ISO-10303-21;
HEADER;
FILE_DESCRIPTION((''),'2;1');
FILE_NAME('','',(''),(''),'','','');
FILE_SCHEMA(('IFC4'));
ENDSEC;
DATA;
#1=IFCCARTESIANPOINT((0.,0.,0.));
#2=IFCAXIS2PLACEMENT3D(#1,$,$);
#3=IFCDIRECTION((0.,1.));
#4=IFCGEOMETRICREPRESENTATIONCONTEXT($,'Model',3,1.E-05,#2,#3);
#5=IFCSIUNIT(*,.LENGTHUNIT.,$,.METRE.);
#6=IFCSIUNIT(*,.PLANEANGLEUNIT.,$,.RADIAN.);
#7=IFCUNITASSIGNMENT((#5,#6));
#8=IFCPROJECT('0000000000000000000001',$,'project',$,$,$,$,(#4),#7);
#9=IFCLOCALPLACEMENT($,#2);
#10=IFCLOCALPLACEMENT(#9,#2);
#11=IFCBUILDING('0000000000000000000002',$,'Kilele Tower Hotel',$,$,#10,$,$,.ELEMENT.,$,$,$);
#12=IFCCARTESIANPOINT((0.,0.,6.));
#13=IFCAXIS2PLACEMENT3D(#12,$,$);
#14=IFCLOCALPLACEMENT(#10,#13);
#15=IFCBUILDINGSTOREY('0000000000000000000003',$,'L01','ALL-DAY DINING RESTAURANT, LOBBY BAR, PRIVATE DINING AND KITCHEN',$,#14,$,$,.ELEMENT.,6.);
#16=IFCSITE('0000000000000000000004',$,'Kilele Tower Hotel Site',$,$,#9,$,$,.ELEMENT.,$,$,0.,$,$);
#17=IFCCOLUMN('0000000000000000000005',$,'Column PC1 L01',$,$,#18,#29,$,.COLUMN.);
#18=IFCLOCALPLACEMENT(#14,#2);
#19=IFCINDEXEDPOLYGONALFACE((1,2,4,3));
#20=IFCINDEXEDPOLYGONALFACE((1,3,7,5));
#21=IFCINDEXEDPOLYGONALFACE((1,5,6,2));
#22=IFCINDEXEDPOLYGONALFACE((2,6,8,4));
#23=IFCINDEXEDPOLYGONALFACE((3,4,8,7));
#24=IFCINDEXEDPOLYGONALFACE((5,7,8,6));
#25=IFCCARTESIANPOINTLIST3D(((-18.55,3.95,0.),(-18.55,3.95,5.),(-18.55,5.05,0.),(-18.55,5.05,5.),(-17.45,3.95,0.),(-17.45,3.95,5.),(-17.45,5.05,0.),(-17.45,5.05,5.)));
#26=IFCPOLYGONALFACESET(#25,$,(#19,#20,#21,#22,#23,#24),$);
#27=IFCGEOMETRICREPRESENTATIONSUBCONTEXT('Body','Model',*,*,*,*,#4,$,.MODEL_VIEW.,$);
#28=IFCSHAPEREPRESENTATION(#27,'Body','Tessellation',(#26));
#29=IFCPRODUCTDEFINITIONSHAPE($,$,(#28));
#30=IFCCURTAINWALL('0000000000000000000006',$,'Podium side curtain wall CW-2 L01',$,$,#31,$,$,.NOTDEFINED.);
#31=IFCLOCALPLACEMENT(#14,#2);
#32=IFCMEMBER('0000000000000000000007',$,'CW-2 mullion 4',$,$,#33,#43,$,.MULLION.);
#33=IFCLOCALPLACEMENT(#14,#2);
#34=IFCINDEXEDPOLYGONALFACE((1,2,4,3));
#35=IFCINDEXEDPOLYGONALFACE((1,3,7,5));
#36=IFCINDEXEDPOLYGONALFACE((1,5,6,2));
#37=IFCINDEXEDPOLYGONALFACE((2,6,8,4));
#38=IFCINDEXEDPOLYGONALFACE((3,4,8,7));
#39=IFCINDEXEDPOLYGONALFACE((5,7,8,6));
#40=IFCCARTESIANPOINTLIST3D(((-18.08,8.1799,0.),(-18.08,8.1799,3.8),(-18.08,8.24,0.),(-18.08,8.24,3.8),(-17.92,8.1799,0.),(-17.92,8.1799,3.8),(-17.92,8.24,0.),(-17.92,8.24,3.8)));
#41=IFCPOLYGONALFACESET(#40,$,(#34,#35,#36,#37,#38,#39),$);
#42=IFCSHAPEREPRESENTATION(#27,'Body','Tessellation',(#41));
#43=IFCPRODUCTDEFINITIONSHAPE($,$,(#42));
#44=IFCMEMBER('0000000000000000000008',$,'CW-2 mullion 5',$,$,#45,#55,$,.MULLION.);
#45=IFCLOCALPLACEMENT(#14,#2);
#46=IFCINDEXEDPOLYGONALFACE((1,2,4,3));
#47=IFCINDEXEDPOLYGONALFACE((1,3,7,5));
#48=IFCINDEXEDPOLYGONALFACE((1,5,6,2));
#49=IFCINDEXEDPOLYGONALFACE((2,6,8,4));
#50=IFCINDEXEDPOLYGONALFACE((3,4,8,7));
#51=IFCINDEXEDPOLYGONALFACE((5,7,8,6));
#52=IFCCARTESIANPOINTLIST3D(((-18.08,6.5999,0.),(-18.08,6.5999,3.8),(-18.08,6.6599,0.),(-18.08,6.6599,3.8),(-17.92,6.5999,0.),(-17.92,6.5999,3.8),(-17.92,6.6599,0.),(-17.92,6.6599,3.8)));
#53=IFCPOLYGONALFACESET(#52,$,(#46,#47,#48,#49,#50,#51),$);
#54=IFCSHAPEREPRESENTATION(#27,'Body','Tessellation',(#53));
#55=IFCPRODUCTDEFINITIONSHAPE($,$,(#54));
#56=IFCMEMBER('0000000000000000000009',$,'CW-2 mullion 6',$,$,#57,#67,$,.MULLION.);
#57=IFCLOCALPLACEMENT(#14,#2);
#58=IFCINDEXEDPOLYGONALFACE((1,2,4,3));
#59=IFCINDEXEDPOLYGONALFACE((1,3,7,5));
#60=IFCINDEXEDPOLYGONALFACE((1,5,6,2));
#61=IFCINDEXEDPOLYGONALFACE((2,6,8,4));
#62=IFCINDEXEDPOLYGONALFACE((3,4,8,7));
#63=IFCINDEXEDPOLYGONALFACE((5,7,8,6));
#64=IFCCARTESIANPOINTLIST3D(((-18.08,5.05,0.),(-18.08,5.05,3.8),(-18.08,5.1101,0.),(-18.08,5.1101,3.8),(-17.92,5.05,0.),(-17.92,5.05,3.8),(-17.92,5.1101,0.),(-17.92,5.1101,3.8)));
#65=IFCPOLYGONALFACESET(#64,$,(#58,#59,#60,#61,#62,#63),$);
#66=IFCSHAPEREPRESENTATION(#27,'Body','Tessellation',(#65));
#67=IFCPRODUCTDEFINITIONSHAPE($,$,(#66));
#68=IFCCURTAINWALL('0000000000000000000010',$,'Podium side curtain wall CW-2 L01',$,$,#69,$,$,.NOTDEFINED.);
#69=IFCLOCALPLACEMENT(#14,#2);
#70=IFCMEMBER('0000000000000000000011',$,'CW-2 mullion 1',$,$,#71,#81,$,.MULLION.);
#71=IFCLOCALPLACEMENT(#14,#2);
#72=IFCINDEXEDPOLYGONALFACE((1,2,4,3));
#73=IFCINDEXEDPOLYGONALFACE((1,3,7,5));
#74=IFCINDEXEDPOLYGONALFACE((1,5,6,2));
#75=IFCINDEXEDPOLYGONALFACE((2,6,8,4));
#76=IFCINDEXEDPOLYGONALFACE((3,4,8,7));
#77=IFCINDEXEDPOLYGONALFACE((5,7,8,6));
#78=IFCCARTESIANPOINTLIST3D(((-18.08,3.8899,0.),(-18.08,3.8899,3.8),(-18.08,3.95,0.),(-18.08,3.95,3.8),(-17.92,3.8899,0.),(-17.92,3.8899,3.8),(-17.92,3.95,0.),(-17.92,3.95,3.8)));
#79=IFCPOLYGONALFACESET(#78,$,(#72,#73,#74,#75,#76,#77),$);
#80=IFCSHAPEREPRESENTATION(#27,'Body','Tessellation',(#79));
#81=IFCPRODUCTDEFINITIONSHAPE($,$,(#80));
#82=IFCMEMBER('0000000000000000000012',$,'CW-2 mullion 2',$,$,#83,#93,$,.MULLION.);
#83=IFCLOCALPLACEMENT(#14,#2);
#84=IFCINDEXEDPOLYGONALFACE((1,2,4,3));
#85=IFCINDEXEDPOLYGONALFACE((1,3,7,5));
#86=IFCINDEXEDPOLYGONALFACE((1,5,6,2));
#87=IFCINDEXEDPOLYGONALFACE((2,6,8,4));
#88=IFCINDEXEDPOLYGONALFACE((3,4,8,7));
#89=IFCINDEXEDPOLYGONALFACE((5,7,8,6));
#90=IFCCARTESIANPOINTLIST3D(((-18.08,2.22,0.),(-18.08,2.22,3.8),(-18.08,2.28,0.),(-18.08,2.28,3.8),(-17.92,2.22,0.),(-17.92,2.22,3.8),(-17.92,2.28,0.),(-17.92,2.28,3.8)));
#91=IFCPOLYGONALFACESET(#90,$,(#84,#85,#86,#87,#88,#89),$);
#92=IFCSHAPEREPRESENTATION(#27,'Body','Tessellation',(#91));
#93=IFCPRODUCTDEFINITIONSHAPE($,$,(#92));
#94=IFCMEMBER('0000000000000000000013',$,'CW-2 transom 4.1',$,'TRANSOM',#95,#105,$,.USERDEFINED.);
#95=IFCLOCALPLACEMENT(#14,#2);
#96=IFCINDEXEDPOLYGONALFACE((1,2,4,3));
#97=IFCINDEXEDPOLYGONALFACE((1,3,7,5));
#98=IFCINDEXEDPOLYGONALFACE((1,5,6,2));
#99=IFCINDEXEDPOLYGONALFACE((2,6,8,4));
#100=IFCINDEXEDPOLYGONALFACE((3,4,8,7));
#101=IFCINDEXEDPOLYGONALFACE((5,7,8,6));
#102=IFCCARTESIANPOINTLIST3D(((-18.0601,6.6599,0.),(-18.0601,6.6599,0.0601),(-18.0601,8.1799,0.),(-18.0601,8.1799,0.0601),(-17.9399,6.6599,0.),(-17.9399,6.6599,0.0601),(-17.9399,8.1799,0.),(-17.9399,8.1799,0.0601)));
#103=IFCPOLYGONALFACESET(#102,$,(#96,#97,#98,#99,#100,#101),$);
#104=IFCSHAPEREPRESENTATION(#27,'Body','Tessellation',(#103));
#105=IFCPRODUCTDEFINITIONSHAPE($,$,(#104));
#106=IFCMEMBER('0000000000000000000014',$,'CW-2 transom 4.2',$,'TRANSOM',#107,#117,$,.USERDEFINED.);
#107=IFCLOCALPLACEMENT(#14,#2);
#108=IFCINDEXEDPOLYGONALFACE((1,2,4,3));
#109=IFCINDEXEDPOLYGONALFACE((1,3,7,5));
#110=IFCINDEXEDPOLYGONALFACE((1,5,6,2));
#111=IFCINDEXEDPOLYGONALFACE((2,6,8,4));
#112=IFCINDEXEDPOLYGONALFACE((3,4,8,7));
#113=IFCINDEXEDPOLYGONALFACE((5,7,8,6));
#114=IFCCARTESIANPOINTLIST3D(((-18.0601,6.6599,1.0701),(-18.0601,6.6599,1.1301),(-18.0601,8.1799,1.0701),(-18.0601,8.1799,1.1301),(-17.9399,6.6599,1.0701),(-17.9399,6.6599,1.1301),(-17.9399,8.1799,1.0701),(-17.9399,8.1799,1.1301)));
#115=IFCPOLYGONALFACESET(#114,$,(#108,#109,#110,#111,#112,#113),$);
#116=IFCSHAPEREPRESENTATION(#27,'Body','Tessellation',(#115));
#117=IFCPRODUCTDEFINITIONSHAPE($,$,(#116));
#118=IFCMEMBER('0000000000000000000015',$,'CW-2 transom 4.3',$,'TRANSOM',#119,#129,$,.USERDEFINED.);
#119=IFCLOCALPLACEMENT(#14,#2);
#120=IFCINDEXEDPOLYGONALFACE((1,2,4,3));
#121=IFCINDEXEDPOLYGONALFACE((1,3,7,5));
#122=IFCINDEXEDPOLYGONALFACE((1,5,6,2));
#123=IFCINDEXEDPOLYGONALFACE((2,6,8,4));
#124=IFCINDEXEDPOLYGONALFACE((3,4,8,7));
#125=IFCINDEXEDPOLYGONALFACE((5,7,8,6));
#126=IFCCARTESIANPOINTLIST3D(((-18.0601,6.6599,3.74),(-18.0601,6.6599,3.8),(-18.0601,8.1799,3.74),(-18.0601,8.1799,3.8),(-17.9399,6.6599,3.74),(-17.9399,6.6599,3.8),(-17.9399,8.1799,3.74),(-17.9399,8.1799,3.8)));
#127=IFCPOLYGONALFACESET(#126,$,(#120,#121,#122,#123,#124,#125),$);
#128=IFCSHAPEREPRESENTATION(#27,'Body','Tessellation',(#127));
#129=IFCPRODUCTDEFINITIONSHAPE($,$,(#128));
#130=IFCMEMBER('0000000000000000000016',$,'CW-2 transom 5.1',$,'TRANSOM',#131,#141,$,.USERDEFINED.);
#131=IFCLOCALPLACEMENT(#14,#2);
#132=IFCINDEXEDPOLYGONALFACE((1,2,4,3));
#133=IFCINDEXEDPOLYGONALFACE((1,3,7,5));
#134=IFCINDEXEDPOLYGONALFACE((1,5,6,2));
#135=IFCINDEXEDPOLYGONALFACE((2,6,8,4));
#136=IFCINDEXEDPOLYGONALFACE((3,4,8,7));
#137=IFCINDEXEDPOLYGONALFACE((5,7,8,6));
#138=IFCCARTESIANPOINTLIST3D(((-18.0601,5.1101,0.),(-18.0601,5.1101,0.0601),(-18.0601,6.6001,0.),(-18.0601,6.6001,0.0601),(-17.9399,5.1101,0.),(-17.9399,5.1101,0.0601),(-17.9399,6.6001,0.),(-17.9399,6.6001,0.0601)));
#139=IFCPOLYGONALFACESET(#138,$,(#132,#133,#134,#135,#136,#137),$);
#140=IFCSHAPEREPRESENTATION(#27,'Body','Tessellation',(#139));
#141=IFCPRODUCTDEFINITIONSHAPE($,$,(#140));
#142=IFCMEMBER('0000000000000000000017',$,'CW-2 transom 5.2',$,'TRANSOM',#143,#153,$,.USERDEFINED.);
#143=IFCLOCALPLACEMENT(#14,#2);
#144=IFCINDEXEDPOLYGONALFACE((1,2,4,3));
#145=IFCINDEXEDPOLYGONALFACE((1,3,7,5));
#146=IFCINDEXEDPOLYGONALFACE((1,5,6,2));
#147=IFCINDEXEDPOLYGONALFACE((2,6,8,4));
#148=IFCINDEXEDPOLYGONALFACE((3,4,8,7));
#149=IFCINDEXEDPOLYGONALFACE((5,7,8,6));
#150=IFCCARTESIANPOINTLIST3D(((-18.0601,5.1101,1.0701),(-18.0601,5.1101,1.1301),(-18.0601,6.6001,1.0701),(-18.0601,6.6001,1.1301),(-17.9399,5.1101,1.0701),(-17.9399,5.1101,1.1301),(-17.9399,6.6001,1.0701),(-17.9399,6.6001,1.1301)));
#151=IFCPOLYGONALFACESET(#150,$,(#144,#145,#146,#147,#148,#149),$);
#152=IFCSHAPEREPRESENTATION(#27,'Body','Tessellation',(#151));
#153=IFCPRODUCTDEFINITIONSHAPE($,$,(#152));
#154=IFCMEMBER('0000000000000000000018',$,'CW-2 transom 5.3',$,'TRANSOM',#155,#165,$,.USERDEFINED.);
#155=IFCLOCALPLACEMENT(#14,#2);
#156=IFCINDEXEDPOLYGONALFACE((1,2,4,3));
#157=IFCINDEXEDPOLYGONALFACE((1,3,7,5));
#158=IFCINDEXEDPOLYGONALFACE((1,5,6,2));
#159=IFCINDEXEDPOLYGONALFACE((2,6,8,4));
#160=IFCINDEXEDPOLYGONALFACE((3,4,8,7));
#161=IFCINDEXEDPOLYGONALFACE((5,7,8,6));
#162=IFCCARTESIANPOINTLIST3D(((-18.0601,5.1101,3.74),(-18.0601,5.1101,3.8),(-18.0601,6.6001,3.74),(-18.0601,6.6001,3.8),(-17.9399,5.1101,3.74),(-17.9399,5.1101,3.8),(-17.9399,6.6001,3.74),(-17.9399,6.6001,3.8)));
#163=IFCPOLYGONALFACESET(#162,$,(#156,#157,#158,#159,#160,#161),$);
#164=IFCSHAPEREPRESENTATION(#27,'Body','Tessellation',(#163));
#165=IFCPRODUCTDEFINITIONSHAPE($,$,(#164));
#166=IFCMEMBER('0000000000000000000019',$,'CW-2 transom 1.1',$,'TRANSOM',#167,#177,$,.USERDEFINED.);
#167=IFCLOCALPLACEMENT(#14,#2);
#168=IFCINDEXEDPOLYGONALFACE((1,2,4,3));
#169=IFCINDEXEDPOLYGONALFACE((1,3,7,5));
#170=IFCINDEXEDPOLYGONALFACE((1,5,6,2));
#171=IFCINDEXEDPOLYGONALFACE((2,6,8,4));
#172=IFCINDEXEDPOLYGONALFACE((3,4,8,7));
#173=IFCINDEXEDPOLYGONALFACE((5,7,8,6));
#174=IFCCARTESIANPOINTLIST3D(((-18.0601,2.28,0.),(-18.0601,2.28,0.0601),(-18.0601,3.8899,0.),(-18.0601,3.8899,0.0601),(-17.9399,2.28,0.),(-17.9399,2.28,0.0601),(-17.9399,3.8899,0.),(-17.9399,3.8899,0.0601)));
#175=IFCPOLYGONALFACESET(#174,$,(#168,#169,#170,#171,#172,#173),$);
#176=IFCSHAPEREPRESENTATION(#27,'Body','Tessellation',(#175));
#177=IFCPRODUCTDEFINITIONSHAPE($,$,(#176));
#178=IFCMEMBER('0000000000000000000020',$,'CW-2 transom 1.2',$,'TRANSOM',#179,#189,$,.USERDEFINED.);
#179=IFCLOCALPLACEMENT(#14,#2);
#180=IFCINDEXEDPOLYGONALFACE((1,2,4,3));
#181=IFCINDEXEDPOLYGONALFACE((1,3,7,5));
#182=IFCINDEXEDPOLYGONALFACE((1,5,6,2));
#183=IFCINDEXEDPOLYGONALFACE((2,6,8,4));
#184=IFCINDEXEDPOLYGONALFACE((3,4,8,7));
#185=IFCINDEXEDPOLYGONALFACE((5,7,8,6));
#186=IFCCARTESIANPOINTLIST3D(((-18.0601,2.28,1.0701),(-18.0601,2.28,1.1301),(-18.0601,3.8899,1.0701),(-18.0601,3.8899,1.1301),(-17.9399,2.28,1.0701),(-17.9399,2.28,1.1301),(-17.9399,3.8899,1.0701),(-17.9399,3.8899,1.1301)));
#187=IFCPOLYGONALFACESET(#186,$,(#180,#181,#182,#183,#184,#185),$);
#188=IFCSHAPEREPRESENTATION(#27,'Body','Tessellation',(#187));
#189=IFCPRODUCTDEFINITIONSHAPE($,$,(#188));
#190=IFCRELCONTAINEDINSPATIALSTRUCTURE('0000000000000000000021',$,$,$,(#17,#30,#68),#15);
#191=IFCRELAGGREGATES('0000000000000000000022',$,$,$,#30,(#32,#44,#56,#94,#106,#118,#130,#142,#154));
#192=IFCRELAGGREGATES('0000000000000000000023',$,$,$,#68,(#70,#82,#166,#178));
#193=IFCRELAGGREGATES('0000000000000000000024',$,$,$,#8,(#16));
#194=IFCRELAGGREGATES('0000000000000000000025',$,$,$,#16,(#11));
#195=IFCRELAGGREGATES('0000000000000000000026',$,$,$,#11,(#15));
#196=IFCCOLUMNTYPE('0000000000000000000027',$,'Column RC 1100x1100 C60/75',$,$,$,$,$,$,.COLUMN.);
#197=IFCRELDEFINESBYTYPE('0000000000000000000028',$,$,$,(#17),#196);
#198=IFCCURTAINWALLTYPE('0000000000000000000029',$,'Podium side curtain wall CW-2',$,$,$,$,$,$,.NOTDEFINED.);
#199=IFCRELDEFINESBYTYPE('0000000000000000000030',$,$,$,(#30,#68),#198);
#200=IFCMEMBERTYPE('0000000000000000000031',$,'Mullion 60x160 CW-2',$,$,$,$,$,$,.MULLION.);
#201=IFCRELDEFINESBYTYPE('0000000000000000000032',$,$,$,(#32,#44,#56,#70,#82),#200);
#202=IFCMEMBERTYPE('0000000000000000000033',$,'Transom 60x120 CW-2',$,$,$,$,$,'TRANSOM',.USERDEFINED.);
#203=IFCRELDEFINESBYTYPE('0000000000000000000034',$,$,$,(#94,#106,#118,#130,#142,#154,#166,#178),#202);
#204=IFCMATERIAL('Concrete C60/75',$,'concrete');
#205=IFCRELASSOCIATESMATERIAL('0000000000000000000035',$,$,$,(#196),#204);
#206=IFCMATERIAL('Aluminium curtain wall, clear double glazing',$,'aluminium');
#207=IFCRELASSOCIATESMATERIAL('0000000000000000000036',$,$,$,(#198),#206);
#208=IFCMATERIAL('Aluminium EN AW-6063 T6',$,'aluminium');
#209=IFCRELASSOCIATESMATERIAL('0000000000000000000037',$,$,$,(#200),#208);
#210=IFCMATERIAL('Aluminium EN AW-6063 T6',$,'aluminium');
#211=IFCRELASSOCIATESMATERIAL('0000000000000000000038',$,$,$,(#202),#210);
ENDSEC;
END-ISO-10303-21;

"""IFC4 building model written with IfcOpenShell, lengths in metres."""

from ifc_helpers import new_model, si_unit, direction, frame, origin, origin_2d, place, context, subcontext, project, spatial, rectangle, extrude, material, material_profile, profile_set, type_object, element, aggregate, save


model = new_model("IFC4")

# Units and contexts
model_context = context("Model", 3, precision=1e-05, world=origin(), true_north=direction((0.0, 1.0)))
body_context = subcontext(model_context, "Body", "Model", "MODEL_VIEW")
ifc_project = project(units=[si_unit("LENGTHUNIT", "METRE"), si_unit("PLANEANGLEUNIT", "RADIAN")], contexts=[model_context])

# Site, building, storey
site_placement = place(None, origin())
site = spatial("IfcSite", under=ifc_project, at=site_placement, Name="Kilele Tower Hotel Site", CompositionType="ELEMENT", RefElevation=0.0)
building_placement = place(site_placement, origin())
building = spatial("IfcBuilding", under=site, at=building_placement, Name="Kilele Tower Hotel", CompositionType="ELEMENT")
storey_placement = place(building_placement, frame((0.0, 0.0, 6.0)))
storey = spatial("IfcBuildingStorey", under=building, at=storey_placement, Name="L01", Description="ALL-DAY DINING RESTAURANT, LOBBY BAR, PRIVATE DINING AND KITCHEN", CompositionType="ELEMENT", Elevation=6.0)

# Column
ifc_material_1 = material(Name="Concrete C60/75", Category="concrete")
ifc_material_profile_1 = material_profile(ifc_material_1, rectangle(XDim=1.1001, YDim=1.1001, at=origin_2d()))
ifc_profile_set_1 = profile_set([ifc_material_profile_1], Name="Concrete C60/75")
column_type = type_object("IfcColumnType", Name="Column RC 1100x1100 C60/75", PredefinedType="COLUMN", material=ifc_profile_set_1)
column_placement = place(storey_placement, frame((-18.0, 4.5, 0.0), z_axis=(0.0, 0.0, 1.0), x_axis=(1.0, 0.0, 0.0)))
element("IfcColumn", 1, at=column_placement, inside=storey, type_object=column_type, Name="Column PC1 L01", PredefinedType="COLUMN", context=body_context, shape_type="SweptSolid", body=[
    extrude(rectangle(XDim=1.1001, YDim=1.1001, at=origin_2d()), origin(), (0.0, 0.0, 1.0), 5.0),
])

# Curtain walls, members
ifc_material_2 = material(Name="Aluminium curtain wall, clear double glazing", Category="aluminium")
curtain_wall_type = type_object("IfcCurtainWallType", Name="Podium side curtain wall CW-2", PredefinedType="NOTDEFINED", material=ifc_material_2)
curtain_wall_1_placement = place(storey_placement, origin())
curtain_wall_1 = element("IfcCurtainWall", 2, at=curtain_wall_1_placement, inside=storey, type_object=curtain_wall_type, Name="Podium side curtain wall CW-2 L01", PredefinedType="NOTDEFINED")
ifc_material_3 = material(Name="Aluminium EN AW-6063 T6", Category="aluminium")
ifc_material_profile_2 = material_profile(ifc_material_3, rectangle(XDim=0.1599, YDim=0.0601, at=origin_2d()))
ifc_profile_set_2 = profile_set([ifc_material_profile_2], Name="Aluminium EN AW-6063 T6")
member_type_1 = type_object("IfcMemberType", Name="Mullion 60x160 CW-2", PredefinedType="MULLION", material=ifc_profile_set_2)
member_1_placement = place(storey_placement, frame((-18.0, 8.21, 0.0), z_axis=(0.0, 0.0, 1.0), x_axis=(1.0, 0.0, 0.0)))
member_1 = element("IfcMember", 3, at=member_1_placement, type_object=member_type_1, Name="CW-2 mullion 4", PredefinedType="MULLION", context=body_context, shape_type="SweptSolid", body=[
    extrude(rectangle(XDim=0.1599, YDim=0.0601, at=origin_2d()), origin(), (0.0, 0.0, 1.0), 3.8),
])
member_2_placement = place(storey_placement, frame((-18.0, 6.6299, 0.0), z_axis=(0.0, 0.0, 1.0), x_axis=(1.0, 0.0, 0.0)))
member_2 = element("IfcMember", 4, at=member_2_placement, type_object=member_type_1, Name="CW-2 mullion 5", PredefinedType="MULLION", context=body_context, shape_type="SweptSolid", body=[
    extrude(rectangle(XDim=0.1599, YDim=0.0601, at=origin_2d()), origin(), (0.0, 0.0, 1.0), 3.8),
])
member_3_placement = place(storey_placement, frame((-18.0, 5.0801, 0.0), z_axis=(0.0, 0.0, 1.0), x_axis=(1.0, 0.0, 0.0)))
member_3 = element("IfcMember", 5, at=member_3_placement, type_object=member_type_1, Name="CW-2 mullion 6", PredefinedType="MULLION", context=body_context, shape_type="SweptSolid", body=[
    extrude(rectangle(XDim=0.1599, YDim=0.0601, at=origin_2d()), origin(), (0.0, 0.0, 1.0), 3.8),
])
curtain_wall_2_placement = place(storey_placement, origin())
curtain_wall_2 = element("IfcCurtainWall", 6, at=curtain_wall_2_placement, inside=storey, type_object=curtain_wall_type, Name="Podium side curtain wall CW-2 L01", PredefinedType="NOTDEFINED")
member_4_placement = place(storey_placement, frame((-18.0, 3.9199, 0.0), z_axis=(0.0, 0.0, 1.0), x_axis=(1.0, 0.0, 0.0)))
member_4 = element("IfcMember", 7, at=member_4_placement, type_object=member_type_1, Name="CW-2 mullion 1", PredefinedType="MULLION", context=body_context, shape_type="SweptSolid", body=[
    extrude(rectangle(XDim=0.1599, YDim=0.0601, at=origin_2d()), origin(), (0.0, 0.0, 1.0), 3.8),
])
member_5_placement = place(storey_placement, frame((-18.0, 2.25, 0.0), z_axis=(0.0, 0.0, 1.0), x_axis=(1.0, 0.0, 0.0)))
member_5 = element("IfcMember", 8, at=member_5_placement, type_object=member_type_1, Name="CW-2 mullion 2", PredefinedType="MULLION", context=body_context, shape_type="SweptSolid", body=[
    extrude(rectangle(XDim=0.1599, YDim=0.0601, at=origin_2d()), origin(), (0.0, 0.0, 1.0), 3.8),
])

# Members
ifc_material_4 = material(Name="Aluminium EN AW-6063 T6", Category="aluminium")
ifc_material_profile_3 = material_profile(ifc_material_4, rectangle(XDim=0.1201, YDim=0.0601, at=origin_2d()))
ifc_profile_set_3 = profile_set([ifc_material_profile_3], Name="Aluminium EN AW-6063 T6")
member_type_2 = type_object("IfcMemberType", Name="Transom 60x120 CW-2", ElementType="TRANSOM", PredefinedType="USERDEFINED", material=ifc_profile_set_3)
member_6_placement = place(storey_placement, frame((-18.0, 8.1799, 0.03), z_axis=(0.0, -1.0, 0.0), x_axis=(1.0, 0.0, 0.0)))
member_6 = element("IfcMember", 9, at=member_6_placement, type_object=member_type_2, Name="CW-2 transom 4.1", ObjectType="TRANSOM", PredefinedType="USERDEFINED", context=body_context, shape_type="SweptSolid", body=[
    extrude(rectangle(XDim=0.1201, YDim=0.0601, at=origin_2d()), origin(), (0.0, 0.0, 1.0), 1.52),
])
member_7_placement = place(storey_placement, frame((-18.0, 8.1799, 1.1001), z_axis=(0.0, -1.0, 0.0), x_axis=(1.0, 0.0, 0.0)))
member_7 = element("IfcMember", 10, at=member_7_placement, type_object=member_type_2, Name="CW-2 transom 4.2", ObjectType="TRANSOM", PredefinedType="USERDEFINED", context=body_context, shape_type="SweptSolid", body=[
    extrude(rectangle(XDim=0.1201, YDim=0.0601, at=origin_2d()), origin(), (0.0, 0.0, 1.0), 1.52),
])
member_8_placement = place(storey_placement, frame((-18.0, 8.1799, 3.77), z_axis=(0.0, -1.0, 0.0), x_axis=(1.0, 0.0, 0.0)))
member_8 = element("IfcMember", 11, at=member_8_placement, type_object=member_type_2, Name="CW-2 transom 4.3", ObjectType="TRANSOM", PredefinedType="USERDEFINED", context=body_context, shape_type="SweptSolid", body=[
    extrude(rectangle(XDim=0.1201, YDim=0.0601, at=origin_2d()), origin(), (0.0, 0.0, 1.0), 1.52),
])
member_9_placement = place(storey_placement, frame((-18.0, 6.6001, 0.03), z_axis=(0.0, -1.0, 0.0), x_axis=(1.0, 0.0, 0.0)))
member_9 = element("IfcMember", 12, at=member_9_placement, type_object=member_type_2, Name="CW-2 transom 5.1", ObjectType="TRANSOM", PredefinedType="USERDEFINED", context=body_context, shape_type="SweptSolid", body=[
    extrude(rectangle(XDim=0.1201, YDim=0.0601, at=origin_2d()), origin(), (0.0, 0.0, 1.0), 1.49),
])
member_10_placement = place(storey_placement, frame((-18.0, 6.6001, 1.1001), z_axis=(0.0, -1.0, 0.0), x_axis=(1.0, 0.0, 0.0)))
member_10 = element("IfcMember", 13, at=member_10_placement, type_object=member_type_2, Name="CW-2 transom 5.2", ObjectType="TRANSOM", PredefinedType="USERDEFINED", context=body_context, shape_type="SweptSolid", body=[
    extrude(rectangle(XDim=0.1201, YDim=0.0601, at=origin_2d()), origin(), (0.0, 0.0, 1.0), 1.49),
])
member_11_placement = place(storey_placement, frame((-18.0, 6.6001, 3.77), z_axis=(0.0, -1.0, 0.0), x_axis=(1.0, 0.0, 0.0)))
member_11 = element("IfcMember", 14, at=member_11_placement, type_object=member_type_2, Name="CW-2 transom 5.3", ObjectType="TRANSOM", PredefinedType="USERDEFINED", context=body_context, shape_type="SweptSolid", body=[
    extrude(rectangle(XDim=0.1201, YDim=0.0601, at=origin_2d()), origin(), (0.0, 0.0, 1.0), 1.49),
])
member_12_placement = place(storey_placement, frame((-18.0, 3.8899, 0.03), z_axis=(0.0, -1.0, 0.0), x_axis=(1.0, 0.0, 0.0)))
member_12 = element("IfcMember", 15, at=member_12_placement, type_object=member_type_2, Name="CW-2 transom 1.1", ObjectType="TRANSOM", PredefinedType="USERDEFINED", context=body_context, shape_type="SweptSolid", body=[
    extrude(rectangle(XDim=0.1201, YDim=0.0601, at=origin_2d()), origin(), (0.0, 0.0, 1.0), 1.6099),
])
member_13_placement = place(storey_placement, frame((-18.0, 3.8899, 1.1001), z_axis=(0.0, -1.0, 0.0), x_axis=(1.0, 0.0, 0.0)))
member_13 = element("IfcMember", 16, at=member_13_placement, type_object=member_type_2, Name="CW-2 transom 1.2", ObjectType="TRANSOM", PredefinedType="USERDEFINED", context=body_context, shape_type="SweptSolid", body=[
    extrude(rectangle(XDim=0.1201, YDim=0.0601, at=origin_2d()), origin(), (0.0, 0.0, 1.0), 1.6099),
])

aggregate(curtain_wall_1, [member_1, member_2, member_3, member_6, member_7, member_8, member_9, member_10, member_11])
aggregate(curtain_wall_2, [member_4, member_5, member_12, member_13])

save(model, "model.ifc")
